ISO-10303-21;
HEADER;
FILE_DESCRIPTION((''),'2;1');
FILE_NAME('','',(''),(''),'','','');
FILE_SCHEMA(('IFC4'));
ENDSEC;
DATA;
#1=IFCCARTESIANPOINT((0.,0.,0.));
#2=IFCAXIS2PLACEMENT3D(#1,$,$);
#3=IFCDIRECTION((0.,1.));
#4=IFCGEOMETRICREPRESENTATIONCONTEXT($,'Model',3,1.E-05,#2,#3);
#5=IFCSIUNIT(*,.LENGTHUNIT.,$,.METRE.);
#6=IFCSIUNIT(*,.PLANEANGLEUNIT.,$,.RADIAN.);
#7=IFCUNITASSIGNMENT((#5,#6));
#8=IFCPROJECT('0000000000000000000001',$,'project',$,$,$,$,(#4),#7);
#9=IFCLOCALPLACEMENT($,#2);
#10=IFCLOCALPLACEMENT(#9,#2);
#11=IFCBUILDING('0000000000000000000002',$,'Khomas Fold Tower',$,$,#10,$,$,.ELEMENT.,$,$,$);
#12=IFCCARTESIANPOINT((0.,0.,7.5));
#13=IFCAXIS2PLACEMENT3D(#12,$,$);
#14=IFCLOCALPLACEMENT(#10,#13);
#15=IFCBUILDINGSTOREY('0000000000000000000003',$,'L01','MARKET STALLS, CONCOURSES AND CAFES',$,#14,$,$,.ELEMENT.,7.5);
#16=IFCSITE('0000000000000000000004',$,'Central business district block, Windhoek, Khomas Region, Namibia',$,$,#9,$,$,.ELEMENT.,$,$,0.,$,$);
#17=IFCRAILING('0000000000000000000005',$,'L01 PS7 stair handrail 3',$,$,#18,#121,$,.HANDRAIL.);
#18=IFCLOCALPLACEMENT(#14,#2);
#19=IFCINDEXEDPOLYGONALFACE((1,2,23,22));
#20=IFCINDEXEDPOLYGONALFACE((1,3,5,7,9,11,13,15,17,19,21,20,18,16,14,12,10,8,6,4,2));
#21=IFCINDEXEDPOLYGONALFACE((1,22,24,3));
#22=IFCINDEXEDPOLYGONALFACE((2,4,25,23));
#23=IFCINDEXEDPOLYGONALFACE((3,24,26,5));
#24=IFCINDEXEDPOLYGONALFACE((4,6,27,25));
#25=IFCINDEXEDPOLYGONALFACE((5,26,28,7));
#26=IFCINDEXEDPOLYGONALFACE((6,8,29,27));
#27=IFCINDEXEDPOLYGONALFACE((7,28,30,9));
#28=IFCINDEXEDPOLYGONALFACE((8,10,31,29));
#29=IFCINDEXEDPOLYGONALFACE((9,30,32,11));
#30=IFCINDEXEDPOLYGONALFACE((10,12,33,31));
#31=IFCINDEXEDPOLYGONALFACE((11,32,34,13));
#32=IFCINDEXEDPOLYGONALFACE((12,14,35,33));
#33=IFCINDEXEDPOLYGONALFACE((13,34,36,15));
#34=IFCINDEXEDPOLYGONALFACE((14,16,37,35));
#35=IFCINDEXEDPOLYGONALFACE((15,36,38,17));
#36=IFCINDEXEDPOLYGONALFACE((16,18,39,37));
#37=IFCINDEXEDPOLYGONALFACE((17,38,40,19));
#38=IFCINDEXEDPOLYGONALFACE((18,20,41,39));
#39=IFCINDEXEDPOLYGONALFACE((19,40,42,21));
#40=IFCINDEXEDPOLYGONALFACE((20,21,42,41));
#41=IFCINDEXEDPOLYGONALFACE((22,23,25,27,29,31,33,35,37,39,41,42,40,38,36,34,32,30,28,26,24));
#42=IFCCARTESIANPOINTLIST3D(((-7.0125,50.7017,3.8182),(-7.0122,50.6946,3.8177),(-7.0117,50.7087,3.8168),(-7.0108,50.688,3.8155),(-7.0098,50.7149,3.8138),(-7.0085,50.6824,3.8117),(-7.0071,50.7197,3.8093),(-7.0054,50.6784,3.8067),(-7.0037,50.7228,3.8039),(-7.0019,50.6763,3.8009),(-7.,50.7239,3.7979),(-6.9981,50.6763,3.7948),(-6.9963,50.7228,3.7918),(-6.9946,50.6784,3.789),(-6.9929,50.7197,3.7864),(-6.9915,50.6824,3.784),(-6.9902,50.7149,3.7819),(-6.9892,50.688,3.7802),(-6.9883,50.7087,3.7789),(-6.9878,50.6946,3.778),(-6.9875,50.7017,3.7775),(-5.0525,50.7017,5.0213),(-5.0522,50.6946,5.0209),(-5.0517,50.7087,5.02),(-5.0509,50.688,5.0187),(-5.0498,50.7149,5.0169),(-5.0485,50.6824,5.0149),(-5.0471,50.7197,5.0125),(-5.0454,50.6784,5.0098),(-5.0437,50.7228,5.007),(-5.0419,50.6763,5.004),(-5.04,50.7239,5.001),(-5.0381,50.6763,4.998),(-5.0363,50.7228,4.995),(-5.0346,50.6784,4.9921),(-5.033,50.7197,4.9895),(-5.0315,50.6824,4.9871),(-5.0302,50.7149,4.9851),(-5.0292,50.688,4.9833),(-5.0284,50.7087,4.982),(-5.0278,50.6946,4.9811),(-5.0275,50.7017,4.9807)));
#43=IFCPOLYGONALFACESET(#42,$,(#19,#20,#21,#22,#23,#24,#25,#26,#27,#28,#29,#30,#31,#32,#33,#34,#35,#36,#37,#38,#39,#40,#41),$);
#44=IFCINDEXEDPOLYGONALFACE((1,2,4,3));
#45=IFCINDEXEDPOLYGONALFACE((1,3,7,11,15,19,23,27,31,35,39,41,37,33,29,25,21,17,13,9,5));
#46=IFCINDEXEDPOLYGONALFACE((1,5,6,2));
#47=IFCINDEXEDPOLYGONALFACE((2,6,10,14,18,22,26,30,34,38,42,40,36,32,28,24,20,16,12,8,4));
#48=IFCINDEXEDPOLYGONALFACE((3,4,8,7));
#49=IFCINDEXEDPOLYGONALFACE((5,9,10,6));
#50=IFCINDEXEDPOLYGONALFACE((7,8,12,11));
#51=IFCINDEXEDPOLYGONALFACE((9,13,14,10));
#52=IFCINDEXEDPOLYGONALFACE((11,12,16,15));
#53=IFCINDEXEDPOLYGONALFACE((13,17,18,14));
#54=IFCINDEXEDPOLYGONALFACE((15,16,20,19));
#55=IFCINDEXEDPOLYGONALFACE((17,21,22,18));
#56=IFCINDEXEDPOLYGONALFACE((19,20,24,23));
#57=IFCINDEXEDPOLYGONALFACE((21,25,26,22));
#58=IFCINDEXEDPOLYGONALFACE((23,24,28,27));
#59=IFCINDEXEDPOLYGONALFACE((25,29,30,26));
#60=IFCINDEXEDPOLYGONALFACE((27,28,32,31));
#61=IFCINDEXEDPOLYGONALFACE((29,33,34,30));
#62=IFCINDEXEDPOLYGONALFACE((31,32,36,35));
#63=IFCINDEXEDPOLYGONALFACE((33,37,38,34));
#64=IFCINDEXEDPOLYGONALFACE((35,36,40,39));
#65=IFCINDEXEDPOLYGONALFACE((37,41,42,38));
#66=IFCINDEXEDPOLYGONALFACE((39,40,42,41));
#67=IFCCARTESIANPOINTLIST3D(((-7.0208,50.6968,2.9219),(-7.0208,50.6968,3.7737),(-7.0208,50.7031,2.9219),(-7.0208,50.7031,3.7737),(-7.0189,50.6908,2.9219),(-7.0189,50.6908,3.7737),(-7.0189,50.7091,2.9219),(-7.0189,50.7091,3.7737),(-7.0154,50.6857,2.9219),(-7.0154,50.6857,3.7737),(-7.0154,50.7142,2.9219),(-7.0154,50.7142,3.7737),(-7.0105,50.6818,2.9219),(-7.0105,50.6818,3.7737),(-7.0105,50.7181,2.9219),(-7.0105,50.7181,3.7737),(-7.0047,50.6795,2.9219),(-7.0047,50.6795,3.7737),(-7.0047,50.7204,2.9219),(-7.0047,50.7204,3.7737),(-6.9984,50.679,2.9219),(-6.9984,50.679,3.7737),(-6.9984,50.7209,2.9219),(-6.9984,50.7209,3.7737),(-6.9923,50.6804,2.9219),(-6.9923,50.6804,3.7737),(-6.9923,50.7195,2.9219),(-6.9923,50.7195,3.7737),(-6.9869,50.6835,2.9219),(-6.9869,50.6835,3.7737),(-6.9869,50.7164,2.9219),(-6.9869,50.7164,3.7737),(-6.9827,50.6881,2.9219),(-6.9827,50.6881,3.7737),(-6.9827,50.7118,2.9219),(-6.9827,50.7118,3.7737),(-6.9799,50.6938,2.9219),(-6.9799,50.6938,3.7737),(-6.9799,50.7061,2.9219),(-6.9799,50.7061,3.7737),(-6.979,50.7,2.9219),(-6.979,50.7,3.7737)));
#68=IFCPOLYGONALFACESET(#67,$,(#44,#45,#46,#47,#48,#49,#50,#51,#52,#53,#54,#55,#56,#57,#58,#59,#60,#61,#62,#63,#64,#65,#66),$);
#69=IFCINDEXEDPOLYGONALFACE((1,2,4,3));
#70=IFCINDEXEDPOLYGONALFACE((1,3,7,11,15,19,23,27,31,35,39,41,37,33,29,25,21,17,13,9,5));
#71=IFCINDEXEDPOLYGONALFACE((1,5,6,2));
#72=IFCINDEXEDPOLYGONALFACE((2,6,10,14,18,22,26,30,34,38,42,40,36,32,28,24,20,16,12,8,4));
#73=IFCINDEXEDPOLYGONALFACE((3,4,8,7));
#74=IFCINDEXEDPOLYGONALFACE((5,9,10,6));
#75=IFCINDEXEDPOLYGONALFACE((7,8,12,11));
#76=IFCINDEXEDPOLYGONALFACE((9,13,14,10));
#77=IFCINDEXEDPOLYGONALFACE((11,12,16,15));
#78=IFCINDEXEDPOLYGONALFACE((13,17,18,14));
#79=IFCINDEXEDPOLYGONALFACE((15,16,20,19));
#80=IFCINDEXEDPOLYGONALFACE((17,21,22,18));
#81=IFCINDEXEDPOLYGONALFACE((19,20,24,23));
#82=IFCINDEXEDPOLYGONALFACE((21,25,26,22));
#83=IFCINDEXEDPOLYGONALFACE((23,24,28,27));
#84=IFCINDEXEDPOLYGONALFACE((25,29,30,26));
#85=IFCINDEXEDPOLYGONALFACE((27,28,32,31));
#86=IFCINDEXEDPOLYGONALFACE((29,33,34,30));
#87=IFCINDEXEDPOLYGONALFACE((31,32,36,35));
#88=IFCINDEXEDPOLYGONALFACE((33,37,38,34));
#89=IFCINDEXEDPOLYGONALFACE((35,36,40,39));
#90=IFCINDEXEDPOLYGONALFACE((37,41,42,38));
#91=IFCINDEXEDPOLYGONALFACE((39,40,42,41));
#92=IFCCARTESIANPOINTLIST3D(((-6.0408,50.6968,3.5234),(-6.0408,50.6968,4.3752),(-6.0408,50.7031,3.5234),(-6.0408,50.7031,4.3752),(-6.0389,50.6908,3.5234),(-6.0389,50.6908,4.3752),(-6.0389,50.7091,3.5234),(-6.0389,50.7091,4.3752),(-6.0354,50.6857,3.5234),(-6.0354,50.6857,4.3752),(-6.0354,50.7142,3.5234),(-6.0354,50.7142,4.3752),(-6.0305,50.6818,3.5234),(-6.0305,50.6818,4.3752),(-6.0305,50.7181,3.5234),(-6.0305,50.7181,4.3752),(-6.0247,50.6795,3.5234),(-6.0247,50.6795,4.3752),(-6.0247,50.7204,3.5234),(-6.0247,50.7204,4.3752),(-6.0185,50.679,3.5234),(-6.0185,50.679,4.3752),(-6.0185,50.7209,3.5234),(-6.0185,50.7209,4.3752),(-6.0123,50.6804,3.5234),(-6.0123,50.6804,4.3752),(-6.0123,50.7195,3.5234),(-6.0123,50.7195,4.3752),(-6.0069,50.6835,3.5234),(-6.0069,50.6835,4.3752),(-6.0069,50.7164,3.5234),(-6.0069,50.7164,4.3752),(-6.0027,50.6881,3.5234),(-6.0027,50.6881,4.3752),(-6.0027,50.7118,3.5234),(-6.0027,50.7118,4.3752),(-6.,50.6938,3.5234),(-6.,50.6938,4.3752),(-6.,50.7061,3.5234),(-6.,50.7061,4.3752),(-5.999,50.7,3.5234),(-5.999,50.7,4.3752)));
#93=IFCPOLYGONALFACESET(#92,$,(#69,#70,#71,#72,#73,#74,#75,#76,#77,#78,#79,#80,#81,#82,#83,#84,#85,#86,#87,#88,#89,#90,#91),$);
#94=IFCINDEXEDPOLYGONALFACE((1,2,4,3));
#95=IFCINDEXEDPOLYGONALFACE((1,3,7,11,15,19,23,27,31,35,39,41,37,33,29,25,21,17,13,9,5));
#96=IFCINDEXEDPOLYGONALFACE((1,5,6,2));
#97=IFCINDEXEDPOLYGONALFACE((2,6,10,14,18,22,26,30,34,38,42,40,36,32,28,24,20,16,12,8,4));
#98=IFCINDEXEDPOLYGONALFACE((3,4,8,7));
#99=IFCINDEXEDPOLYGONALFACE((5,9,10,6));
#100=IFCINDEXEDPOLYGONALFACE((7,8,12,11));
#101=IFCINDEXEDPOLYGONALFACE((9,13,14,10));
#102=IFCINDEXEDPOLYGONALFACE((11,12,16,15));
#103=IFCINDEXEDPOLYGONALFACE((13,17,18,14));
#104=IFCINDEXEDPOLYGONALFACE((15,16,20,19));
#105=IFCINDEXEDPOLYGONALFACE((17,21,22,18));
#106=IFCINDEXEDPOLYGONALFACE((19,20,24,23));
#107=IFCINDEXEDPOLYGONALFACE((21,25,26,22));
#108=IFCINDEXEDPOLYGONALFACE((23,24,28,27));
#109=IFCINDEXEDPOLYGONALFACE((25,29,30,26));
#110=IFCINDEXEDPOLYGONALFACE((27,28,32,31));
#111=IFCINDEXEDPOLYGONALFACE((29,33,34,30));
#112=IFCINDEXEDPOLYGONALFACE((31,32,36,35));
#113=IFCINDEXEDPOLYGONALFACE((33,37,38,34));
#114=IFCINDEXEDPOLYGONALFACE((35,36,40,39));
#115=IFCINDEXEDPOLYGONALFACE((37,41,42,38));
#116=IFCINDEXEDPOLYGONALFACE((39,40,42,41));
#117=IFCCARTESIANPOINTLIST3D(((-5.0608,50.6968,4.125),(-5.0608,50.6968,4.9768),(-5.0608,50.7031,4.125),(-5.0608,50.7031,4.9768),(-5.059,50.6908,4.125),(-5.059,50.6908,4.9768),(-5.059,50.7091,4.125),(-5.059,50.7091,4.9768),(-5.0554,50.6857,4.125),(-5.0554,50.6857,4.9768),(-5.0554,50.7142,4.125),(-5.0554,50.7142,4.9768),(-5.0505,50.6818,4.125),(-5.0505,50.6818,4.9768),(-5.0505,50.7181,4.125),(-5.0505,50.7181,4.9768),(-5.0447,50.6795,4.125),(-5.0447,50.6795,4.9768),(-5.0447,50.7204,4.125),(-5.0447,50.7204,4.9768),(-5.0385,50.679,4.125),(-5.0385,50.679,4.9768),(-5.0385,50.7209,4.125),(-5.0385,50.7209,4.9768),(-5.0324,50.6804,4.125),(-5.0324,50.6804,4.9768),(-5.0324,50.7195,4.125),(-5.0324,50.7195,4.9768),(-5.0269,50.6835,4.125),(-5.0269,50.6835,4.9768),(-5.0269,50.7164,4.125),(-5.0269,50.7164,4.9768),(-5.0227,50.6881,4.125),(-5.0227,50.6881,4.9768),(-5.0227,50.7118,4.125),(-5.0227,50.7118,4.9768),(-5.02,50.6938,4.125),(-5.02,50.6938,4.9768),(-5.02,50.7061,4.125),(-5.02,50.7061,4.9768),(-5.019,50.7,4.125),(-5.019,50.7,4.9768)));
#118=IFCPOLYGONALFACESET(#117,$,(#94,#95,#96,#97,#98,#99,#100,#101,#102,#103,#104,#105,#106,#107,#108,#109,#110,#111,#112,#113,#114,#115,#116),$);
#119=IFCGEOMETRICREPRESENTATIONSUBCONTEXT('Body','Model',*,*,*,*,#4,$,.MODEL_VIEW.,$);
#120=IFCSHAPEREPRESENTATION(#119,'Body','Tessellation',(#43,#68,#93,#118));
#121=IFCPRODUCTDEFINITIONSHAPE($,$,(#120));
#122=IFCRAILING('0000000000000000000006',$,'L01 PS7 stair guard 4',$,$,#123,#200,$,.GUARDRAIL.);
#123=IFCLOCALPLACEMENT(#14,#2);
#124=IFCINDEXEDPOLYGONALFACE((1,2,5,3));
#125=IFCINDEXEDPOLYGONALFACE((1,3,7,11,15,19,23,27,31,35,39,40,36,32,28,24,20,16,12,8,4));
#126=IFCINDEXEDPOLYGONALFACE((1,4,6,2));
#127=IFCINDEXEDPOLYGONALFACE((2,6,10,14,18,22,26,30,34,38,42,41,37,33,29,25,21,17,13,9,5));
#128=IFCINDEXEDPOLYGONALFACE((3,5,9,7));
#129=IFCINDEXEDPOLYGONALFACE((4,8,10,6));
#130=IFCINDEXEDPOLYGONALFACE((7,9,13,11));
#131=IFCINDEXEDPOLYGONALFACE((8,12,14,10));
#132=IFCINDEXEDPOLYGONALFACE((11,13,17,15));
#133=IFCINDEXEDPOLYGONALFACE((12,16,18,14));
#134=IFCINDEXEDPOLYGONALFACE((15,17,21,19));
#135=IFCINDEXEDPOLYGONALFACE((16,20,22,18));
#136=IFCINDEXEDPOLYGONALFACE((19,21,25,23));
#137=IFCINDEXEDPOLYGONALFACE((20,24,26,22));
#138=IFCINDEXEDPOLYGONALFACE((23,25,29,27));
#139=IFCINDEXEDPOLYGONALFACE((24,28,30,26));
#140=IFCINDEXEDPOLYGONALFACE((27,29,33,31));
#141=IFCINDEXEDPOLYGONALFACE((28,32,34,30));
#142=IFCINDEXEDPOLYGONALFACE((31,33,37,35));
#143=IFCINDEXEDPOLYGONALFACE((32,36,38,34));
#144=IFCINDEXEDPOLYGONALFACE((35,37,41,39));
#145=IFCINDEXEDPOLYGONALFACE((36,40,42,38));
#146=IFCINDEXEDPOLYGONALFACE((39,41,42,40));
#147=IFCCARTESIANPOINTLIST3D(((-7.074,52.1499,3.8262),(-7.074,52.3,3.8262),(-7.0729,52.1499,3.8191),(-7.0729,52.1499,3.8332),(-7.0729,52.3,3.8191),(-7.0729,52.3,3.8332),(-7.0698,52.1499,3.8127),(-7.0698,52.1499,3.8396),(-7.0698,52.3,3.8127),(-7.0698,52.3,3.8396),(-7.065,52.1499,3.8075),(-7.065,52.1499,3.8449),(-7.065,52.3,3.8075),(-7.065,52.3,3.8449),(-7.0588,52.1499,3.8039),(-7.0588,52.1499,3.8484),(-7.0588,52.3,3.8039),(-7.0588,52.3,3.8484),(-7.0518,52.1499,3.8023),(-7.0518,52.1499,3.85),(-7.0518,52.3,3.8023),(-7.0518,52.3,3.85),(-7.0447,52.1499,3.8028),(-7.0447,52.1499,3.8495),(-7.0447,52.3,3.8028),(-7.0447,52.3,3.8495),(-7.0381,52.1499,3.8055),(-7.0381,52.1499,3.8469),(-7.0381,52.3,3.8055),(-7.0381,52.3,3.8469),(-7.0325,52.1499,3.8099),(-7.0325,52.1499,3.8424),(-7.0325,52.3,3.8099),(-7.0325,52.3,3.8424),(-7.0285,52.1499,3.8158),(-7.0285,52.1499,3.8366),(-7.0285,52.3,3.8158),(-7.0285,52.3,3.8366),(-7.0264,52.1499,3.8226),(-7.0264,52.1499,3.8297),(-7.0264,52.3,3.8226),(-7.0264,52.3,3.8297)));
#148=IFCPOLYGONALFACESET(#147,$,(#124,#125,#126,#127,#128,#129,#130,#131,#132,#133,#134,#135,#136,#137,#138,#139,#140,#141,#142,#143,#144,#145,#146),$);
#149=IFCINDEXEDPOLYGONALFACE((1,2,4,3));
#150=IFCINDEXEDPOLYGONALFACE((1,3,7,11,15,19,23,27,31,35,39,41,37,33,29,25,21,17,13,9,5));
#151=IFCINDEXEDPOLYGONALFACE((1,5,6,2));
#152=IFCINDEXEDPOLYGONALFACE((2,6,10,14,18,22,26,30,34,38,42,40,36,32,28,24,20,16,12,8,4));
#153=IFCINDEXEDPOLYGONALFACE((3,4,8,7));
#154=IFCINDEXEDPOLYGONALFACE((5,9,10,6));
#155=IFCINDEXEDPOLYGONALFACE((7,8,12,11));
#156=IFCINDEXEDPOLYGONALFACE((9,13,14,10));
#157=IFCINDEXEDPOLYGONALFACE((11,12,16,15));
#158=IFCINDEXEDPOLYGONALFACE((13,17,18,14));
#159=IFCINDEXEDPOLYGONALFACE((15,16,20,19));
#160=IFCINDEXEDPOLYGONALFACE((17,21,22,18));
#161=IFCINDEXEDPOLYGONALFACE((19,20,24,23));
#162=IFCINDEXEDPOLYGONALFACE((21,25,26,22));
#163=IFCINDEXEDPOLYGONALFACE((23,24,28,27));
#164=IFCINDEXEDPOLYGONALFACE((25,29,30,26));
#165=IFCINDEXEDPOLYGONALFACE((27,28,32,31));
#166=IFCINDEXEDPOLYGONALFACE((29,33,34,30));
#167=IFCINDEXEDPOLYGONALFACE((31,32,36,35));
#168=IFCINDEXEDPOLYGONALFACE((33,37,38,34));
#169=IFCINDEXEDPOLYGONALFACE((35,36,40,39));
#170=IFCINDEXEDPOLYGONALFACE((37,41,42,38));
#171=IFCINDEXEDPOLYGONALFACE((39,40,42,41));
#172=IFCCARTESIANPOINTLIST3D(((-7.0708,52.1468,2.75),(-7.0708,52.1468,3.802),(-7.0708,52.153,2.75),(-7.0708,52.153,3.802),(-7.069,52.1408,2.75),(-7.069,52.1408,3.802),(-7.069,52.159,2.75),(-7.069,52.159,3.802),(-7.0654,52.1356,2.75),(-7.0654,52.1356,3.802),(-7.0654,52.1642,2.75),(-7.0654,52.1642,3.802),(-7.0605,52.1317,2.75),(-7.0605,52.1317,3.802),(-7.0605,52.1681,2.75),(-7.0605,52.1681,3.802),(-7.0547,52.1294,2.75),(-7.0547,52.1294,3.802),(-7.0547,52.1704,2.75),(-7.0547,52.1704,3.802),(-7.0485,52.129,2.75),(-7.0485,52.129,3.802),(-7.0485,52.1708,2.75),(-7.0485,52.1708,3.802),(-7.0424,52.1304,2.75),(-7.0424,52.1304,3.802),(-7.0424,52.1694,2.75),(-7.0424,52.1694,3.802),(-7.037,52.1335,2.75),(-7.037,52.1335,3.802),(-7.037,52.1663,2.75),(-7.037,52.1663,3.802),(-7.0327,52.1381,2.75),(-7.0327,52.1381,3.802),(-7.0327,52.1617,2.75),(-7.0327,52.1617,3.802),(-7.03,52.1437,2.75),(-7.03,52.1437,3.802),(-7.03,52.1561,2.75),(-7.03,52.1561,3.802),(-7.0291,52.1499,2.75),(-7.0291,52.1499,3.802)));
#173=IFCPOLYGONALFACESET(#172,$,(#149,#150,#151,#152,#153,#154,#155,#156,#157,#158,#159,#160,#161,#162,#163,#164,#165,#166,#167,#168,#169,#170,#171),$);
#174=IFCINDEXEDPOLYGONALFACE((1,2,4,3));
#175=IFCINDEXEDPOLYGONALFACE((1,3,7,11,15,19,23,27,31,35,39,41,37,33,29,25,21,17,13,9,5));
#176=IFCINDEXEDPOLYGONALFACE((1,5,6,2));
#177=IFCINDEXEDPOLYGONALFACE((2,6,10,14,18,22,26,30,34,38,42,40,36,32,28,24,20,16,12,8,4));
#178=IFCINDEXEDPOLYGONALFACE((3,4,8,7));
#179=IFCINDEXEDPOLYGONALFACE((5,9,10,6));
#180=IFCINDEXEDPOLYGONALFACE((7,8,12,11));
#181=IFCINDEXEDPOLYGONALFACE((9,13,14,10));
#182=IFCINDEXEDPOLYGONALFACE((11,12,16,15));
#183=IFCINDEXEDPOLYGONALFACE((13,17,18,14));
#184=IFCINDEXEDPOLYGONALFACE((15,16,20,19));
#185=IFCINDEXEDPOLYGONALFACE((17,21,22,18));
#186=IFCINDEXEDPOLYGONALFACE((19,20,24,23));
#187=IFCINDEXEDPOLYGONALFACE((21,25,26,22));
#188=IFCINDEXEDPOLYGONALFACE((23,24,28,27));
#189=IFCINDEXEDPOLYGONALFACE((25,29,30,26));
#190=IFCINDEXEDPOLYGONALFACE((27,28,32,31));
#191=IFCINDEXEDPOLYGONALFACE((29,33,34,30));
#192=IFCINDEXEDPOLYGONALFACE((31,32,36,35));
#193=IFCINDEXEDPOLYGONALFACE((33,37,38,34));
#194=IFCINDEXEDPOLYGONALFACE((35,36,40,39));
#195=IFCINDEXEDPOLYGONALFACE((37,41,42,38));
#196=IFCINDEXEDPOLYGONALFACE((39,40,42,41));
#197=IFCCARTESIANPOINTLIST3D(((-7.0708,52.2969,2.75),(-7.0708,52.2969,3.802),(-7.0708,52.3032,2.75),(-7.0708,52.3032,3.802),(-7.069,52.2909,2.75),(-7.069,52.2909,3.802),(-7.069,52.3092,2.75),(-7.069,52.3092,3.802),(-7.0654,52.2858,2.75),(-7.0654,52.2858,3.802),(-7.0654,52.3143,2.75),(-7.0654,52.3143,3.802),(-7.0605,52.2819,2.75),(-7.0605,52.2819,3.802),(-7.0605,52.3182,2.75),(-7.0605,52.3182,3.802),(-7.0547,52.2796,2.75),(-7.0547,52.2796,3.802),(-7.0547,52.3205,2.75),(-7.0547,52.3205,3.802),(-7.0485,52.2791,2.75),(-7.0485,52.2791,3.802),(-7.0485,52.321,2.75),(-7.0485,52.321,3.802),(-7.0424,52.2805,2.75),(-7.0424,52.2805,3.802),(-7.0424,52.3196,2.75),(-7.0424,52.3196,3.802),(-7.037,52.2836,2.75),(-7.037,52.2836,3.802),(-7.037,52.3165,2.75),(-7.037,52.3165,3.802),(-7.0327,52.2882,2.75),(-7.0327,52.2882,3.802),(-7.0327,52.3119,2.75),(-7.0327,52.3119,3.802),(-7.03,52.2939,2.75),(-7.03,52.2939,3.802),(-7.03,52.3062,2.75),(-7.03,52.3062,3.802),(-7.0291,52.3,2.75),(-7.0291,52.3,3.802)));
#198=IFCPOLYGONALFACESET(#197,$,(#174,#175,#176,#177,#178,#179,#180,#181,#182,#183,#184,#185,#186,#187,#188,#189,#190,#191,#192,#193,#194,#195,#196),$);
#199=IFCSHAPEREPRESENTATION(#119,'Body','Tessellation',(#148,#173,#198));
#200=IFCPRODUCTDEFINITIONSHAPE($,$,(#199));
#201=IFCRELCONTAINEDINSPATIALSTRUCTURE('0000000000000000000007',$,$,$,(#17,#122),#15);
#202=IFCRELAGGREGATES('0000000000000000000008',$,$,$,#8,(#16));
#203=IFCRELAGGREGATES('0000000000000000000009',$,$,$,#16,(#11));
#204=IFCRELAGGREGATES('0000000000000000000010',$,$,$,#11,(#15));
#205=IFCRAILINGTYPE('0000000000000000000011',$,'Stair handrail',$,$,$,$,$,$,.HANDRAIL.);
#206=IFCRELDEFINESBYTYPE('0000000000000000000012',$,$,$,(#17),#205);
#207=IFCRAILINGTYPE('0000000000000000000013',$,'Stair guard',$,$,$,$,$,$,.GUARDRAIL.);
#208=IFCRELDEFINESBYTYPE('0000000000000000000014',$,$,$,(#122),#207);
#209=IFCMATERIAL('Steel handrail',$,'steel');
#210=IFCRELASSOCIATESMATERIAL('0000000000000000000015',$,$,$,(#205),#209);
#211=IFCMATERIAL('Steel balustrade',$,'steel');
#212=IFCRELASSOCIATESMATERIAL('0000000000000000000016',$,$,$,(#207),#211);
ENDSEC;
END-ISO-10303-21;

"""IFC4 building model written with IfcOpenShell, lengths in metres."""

from ifc_helpers import new_model, si_unit, direction, frame, origin, origin_2d, place, context, subcontext, project, spatial, circle, extrude, source, transform, mapped, material, type_object, element, save


model = new_model("IFC4")

# Units and contexts
model_context = context("Model", 3, precision=1e-05, world=origin(), true_north=direction((0.0, 1.0)))
body_context = subcontext(model_context, "Body", "Model", "MODEL_VIEW")
ifc_project = project(units=[si_unit("LENGTHUNIT", "METRE"), si_unit("PLANEANGLEUNIT", "RADIAN")], contexts=[model_context])

# Site, building, storey
site_placement = place(None, origin())
site = spatial("IfcSite", under=ifc_project, at=site_placement, Name="Central business district block, Windhoek, Khomas Region, Namibia", CompositionType="ELEMENT", RefElevation=0.0)
building_placement = place(site_placement, origin())
building = spatial("IfcBuilding", under=site, at=building_placement, Name="Khomas Fold Tower", CompositionType="ELEMENT")
storey_placement = place(building_placement, frame((0.0, 0.0, 7.5)))
storey = spatial("IfcBuildingStorey", under=building, at=storey_placement, Name="L01", Description="MARKET STALLS, CONCOURSES AND CAFES", CompositionType="ELEMENT", Elevation=7.5)

# Railings
ifc_material_1 = material(Name="Steel handrail", Category="steel")
railing_type_1 = type_object("IfcRailingType", Name="Stair handrail", PredefinedType="HANDRAIL", material=ifc_material_1)
shared_shape_1 = source(origin(), body_context, "Body", "SweptSolid", [
    extrude(circle(Radius=0.0239, at=origin_2d()), frame((0.0, 0.0, 0.876), z_axis=(0.852241, 0.0, 0.523149), x_axis=(0.0, 1.0, 0.0)), (0.0, 0.0, 1.0), 2.2998),
    extrude(circle(Radius=0.021, at=origin_2d()), origin(), (0.0, 0.0, 1.0), 0.8518),
    extrude(circle(Radius=0.021, at=origin_2d()), frame((0.98, 0.0, 0.6016)), (0.0, 0.0, 1.0), 0.8518),
    extrude(circle(Radius=0.021, at=origin_2d()), frame((1.96, 0.0, 1.2031)), (0.0, 0.0, 1.0), 0.8518),
])
for number, where, name in (
    (1, (-7.0, 50.7, 2.9219), "L01 PS7 stair handrail 3"),
):
    element("IfcRailing", number, at=place(storey_placement, frame(where)), inside=storey, type_object=railing_type_1, Name=name, PredefinedType="HANDRAIL", context=body_context, shape_type="MappedRepresentation", body=[
        mapped(shared_shape_1, transform((0.0, 0.0, 0.0))),
    ])
ifc_material_2 = material(Name="Steel balustrade", Category="steel")
railing_type_2 = type_object("IfcRailingType", Name="Stair guard", PredefinedType="GUARDRAIL", material=ifc_material_2)
shared_shape_2 = source(origin(), body_context, "Body", "SweptSolid", [
    extrude(circle(Radius=0.0239, at=origin_2d()), frame((0.0, 0.0, 1.0762), z_axis=(0.0, 1.0, 0.0), x_axis=(-1.0, 0.0, 0.0)), (0.0, 0.0, 1.0), 0.1501),
    extrude(circle(Radius=0.021, at=origin_2d()), origin(), (0.0, 0.0, 1.0), 1.052),
    extrude(circle(Radius=0.021, at=origin_2d()), frame((0.0, 0.1501, 0.0)), (0.0, 0.0, 1.0), 1.052),
])
for number, where, name in (
    (2, (-7.05, 52.1499, 2.75), "L01 PS7 stair guard 4"),
):
    element("IfcRailing", number, at=place(storey_placement, frame(where)), inside=storey, type_object=railing_type_2, Name=name, PredefinedType="GUARDRAIL", context=body_context, shape_type="MappedRepresentation", body=[
        mapped(shared_shape_2, transform((0.0, 0.0, 0.0))),
    ])

save(model, "model.ifc")
